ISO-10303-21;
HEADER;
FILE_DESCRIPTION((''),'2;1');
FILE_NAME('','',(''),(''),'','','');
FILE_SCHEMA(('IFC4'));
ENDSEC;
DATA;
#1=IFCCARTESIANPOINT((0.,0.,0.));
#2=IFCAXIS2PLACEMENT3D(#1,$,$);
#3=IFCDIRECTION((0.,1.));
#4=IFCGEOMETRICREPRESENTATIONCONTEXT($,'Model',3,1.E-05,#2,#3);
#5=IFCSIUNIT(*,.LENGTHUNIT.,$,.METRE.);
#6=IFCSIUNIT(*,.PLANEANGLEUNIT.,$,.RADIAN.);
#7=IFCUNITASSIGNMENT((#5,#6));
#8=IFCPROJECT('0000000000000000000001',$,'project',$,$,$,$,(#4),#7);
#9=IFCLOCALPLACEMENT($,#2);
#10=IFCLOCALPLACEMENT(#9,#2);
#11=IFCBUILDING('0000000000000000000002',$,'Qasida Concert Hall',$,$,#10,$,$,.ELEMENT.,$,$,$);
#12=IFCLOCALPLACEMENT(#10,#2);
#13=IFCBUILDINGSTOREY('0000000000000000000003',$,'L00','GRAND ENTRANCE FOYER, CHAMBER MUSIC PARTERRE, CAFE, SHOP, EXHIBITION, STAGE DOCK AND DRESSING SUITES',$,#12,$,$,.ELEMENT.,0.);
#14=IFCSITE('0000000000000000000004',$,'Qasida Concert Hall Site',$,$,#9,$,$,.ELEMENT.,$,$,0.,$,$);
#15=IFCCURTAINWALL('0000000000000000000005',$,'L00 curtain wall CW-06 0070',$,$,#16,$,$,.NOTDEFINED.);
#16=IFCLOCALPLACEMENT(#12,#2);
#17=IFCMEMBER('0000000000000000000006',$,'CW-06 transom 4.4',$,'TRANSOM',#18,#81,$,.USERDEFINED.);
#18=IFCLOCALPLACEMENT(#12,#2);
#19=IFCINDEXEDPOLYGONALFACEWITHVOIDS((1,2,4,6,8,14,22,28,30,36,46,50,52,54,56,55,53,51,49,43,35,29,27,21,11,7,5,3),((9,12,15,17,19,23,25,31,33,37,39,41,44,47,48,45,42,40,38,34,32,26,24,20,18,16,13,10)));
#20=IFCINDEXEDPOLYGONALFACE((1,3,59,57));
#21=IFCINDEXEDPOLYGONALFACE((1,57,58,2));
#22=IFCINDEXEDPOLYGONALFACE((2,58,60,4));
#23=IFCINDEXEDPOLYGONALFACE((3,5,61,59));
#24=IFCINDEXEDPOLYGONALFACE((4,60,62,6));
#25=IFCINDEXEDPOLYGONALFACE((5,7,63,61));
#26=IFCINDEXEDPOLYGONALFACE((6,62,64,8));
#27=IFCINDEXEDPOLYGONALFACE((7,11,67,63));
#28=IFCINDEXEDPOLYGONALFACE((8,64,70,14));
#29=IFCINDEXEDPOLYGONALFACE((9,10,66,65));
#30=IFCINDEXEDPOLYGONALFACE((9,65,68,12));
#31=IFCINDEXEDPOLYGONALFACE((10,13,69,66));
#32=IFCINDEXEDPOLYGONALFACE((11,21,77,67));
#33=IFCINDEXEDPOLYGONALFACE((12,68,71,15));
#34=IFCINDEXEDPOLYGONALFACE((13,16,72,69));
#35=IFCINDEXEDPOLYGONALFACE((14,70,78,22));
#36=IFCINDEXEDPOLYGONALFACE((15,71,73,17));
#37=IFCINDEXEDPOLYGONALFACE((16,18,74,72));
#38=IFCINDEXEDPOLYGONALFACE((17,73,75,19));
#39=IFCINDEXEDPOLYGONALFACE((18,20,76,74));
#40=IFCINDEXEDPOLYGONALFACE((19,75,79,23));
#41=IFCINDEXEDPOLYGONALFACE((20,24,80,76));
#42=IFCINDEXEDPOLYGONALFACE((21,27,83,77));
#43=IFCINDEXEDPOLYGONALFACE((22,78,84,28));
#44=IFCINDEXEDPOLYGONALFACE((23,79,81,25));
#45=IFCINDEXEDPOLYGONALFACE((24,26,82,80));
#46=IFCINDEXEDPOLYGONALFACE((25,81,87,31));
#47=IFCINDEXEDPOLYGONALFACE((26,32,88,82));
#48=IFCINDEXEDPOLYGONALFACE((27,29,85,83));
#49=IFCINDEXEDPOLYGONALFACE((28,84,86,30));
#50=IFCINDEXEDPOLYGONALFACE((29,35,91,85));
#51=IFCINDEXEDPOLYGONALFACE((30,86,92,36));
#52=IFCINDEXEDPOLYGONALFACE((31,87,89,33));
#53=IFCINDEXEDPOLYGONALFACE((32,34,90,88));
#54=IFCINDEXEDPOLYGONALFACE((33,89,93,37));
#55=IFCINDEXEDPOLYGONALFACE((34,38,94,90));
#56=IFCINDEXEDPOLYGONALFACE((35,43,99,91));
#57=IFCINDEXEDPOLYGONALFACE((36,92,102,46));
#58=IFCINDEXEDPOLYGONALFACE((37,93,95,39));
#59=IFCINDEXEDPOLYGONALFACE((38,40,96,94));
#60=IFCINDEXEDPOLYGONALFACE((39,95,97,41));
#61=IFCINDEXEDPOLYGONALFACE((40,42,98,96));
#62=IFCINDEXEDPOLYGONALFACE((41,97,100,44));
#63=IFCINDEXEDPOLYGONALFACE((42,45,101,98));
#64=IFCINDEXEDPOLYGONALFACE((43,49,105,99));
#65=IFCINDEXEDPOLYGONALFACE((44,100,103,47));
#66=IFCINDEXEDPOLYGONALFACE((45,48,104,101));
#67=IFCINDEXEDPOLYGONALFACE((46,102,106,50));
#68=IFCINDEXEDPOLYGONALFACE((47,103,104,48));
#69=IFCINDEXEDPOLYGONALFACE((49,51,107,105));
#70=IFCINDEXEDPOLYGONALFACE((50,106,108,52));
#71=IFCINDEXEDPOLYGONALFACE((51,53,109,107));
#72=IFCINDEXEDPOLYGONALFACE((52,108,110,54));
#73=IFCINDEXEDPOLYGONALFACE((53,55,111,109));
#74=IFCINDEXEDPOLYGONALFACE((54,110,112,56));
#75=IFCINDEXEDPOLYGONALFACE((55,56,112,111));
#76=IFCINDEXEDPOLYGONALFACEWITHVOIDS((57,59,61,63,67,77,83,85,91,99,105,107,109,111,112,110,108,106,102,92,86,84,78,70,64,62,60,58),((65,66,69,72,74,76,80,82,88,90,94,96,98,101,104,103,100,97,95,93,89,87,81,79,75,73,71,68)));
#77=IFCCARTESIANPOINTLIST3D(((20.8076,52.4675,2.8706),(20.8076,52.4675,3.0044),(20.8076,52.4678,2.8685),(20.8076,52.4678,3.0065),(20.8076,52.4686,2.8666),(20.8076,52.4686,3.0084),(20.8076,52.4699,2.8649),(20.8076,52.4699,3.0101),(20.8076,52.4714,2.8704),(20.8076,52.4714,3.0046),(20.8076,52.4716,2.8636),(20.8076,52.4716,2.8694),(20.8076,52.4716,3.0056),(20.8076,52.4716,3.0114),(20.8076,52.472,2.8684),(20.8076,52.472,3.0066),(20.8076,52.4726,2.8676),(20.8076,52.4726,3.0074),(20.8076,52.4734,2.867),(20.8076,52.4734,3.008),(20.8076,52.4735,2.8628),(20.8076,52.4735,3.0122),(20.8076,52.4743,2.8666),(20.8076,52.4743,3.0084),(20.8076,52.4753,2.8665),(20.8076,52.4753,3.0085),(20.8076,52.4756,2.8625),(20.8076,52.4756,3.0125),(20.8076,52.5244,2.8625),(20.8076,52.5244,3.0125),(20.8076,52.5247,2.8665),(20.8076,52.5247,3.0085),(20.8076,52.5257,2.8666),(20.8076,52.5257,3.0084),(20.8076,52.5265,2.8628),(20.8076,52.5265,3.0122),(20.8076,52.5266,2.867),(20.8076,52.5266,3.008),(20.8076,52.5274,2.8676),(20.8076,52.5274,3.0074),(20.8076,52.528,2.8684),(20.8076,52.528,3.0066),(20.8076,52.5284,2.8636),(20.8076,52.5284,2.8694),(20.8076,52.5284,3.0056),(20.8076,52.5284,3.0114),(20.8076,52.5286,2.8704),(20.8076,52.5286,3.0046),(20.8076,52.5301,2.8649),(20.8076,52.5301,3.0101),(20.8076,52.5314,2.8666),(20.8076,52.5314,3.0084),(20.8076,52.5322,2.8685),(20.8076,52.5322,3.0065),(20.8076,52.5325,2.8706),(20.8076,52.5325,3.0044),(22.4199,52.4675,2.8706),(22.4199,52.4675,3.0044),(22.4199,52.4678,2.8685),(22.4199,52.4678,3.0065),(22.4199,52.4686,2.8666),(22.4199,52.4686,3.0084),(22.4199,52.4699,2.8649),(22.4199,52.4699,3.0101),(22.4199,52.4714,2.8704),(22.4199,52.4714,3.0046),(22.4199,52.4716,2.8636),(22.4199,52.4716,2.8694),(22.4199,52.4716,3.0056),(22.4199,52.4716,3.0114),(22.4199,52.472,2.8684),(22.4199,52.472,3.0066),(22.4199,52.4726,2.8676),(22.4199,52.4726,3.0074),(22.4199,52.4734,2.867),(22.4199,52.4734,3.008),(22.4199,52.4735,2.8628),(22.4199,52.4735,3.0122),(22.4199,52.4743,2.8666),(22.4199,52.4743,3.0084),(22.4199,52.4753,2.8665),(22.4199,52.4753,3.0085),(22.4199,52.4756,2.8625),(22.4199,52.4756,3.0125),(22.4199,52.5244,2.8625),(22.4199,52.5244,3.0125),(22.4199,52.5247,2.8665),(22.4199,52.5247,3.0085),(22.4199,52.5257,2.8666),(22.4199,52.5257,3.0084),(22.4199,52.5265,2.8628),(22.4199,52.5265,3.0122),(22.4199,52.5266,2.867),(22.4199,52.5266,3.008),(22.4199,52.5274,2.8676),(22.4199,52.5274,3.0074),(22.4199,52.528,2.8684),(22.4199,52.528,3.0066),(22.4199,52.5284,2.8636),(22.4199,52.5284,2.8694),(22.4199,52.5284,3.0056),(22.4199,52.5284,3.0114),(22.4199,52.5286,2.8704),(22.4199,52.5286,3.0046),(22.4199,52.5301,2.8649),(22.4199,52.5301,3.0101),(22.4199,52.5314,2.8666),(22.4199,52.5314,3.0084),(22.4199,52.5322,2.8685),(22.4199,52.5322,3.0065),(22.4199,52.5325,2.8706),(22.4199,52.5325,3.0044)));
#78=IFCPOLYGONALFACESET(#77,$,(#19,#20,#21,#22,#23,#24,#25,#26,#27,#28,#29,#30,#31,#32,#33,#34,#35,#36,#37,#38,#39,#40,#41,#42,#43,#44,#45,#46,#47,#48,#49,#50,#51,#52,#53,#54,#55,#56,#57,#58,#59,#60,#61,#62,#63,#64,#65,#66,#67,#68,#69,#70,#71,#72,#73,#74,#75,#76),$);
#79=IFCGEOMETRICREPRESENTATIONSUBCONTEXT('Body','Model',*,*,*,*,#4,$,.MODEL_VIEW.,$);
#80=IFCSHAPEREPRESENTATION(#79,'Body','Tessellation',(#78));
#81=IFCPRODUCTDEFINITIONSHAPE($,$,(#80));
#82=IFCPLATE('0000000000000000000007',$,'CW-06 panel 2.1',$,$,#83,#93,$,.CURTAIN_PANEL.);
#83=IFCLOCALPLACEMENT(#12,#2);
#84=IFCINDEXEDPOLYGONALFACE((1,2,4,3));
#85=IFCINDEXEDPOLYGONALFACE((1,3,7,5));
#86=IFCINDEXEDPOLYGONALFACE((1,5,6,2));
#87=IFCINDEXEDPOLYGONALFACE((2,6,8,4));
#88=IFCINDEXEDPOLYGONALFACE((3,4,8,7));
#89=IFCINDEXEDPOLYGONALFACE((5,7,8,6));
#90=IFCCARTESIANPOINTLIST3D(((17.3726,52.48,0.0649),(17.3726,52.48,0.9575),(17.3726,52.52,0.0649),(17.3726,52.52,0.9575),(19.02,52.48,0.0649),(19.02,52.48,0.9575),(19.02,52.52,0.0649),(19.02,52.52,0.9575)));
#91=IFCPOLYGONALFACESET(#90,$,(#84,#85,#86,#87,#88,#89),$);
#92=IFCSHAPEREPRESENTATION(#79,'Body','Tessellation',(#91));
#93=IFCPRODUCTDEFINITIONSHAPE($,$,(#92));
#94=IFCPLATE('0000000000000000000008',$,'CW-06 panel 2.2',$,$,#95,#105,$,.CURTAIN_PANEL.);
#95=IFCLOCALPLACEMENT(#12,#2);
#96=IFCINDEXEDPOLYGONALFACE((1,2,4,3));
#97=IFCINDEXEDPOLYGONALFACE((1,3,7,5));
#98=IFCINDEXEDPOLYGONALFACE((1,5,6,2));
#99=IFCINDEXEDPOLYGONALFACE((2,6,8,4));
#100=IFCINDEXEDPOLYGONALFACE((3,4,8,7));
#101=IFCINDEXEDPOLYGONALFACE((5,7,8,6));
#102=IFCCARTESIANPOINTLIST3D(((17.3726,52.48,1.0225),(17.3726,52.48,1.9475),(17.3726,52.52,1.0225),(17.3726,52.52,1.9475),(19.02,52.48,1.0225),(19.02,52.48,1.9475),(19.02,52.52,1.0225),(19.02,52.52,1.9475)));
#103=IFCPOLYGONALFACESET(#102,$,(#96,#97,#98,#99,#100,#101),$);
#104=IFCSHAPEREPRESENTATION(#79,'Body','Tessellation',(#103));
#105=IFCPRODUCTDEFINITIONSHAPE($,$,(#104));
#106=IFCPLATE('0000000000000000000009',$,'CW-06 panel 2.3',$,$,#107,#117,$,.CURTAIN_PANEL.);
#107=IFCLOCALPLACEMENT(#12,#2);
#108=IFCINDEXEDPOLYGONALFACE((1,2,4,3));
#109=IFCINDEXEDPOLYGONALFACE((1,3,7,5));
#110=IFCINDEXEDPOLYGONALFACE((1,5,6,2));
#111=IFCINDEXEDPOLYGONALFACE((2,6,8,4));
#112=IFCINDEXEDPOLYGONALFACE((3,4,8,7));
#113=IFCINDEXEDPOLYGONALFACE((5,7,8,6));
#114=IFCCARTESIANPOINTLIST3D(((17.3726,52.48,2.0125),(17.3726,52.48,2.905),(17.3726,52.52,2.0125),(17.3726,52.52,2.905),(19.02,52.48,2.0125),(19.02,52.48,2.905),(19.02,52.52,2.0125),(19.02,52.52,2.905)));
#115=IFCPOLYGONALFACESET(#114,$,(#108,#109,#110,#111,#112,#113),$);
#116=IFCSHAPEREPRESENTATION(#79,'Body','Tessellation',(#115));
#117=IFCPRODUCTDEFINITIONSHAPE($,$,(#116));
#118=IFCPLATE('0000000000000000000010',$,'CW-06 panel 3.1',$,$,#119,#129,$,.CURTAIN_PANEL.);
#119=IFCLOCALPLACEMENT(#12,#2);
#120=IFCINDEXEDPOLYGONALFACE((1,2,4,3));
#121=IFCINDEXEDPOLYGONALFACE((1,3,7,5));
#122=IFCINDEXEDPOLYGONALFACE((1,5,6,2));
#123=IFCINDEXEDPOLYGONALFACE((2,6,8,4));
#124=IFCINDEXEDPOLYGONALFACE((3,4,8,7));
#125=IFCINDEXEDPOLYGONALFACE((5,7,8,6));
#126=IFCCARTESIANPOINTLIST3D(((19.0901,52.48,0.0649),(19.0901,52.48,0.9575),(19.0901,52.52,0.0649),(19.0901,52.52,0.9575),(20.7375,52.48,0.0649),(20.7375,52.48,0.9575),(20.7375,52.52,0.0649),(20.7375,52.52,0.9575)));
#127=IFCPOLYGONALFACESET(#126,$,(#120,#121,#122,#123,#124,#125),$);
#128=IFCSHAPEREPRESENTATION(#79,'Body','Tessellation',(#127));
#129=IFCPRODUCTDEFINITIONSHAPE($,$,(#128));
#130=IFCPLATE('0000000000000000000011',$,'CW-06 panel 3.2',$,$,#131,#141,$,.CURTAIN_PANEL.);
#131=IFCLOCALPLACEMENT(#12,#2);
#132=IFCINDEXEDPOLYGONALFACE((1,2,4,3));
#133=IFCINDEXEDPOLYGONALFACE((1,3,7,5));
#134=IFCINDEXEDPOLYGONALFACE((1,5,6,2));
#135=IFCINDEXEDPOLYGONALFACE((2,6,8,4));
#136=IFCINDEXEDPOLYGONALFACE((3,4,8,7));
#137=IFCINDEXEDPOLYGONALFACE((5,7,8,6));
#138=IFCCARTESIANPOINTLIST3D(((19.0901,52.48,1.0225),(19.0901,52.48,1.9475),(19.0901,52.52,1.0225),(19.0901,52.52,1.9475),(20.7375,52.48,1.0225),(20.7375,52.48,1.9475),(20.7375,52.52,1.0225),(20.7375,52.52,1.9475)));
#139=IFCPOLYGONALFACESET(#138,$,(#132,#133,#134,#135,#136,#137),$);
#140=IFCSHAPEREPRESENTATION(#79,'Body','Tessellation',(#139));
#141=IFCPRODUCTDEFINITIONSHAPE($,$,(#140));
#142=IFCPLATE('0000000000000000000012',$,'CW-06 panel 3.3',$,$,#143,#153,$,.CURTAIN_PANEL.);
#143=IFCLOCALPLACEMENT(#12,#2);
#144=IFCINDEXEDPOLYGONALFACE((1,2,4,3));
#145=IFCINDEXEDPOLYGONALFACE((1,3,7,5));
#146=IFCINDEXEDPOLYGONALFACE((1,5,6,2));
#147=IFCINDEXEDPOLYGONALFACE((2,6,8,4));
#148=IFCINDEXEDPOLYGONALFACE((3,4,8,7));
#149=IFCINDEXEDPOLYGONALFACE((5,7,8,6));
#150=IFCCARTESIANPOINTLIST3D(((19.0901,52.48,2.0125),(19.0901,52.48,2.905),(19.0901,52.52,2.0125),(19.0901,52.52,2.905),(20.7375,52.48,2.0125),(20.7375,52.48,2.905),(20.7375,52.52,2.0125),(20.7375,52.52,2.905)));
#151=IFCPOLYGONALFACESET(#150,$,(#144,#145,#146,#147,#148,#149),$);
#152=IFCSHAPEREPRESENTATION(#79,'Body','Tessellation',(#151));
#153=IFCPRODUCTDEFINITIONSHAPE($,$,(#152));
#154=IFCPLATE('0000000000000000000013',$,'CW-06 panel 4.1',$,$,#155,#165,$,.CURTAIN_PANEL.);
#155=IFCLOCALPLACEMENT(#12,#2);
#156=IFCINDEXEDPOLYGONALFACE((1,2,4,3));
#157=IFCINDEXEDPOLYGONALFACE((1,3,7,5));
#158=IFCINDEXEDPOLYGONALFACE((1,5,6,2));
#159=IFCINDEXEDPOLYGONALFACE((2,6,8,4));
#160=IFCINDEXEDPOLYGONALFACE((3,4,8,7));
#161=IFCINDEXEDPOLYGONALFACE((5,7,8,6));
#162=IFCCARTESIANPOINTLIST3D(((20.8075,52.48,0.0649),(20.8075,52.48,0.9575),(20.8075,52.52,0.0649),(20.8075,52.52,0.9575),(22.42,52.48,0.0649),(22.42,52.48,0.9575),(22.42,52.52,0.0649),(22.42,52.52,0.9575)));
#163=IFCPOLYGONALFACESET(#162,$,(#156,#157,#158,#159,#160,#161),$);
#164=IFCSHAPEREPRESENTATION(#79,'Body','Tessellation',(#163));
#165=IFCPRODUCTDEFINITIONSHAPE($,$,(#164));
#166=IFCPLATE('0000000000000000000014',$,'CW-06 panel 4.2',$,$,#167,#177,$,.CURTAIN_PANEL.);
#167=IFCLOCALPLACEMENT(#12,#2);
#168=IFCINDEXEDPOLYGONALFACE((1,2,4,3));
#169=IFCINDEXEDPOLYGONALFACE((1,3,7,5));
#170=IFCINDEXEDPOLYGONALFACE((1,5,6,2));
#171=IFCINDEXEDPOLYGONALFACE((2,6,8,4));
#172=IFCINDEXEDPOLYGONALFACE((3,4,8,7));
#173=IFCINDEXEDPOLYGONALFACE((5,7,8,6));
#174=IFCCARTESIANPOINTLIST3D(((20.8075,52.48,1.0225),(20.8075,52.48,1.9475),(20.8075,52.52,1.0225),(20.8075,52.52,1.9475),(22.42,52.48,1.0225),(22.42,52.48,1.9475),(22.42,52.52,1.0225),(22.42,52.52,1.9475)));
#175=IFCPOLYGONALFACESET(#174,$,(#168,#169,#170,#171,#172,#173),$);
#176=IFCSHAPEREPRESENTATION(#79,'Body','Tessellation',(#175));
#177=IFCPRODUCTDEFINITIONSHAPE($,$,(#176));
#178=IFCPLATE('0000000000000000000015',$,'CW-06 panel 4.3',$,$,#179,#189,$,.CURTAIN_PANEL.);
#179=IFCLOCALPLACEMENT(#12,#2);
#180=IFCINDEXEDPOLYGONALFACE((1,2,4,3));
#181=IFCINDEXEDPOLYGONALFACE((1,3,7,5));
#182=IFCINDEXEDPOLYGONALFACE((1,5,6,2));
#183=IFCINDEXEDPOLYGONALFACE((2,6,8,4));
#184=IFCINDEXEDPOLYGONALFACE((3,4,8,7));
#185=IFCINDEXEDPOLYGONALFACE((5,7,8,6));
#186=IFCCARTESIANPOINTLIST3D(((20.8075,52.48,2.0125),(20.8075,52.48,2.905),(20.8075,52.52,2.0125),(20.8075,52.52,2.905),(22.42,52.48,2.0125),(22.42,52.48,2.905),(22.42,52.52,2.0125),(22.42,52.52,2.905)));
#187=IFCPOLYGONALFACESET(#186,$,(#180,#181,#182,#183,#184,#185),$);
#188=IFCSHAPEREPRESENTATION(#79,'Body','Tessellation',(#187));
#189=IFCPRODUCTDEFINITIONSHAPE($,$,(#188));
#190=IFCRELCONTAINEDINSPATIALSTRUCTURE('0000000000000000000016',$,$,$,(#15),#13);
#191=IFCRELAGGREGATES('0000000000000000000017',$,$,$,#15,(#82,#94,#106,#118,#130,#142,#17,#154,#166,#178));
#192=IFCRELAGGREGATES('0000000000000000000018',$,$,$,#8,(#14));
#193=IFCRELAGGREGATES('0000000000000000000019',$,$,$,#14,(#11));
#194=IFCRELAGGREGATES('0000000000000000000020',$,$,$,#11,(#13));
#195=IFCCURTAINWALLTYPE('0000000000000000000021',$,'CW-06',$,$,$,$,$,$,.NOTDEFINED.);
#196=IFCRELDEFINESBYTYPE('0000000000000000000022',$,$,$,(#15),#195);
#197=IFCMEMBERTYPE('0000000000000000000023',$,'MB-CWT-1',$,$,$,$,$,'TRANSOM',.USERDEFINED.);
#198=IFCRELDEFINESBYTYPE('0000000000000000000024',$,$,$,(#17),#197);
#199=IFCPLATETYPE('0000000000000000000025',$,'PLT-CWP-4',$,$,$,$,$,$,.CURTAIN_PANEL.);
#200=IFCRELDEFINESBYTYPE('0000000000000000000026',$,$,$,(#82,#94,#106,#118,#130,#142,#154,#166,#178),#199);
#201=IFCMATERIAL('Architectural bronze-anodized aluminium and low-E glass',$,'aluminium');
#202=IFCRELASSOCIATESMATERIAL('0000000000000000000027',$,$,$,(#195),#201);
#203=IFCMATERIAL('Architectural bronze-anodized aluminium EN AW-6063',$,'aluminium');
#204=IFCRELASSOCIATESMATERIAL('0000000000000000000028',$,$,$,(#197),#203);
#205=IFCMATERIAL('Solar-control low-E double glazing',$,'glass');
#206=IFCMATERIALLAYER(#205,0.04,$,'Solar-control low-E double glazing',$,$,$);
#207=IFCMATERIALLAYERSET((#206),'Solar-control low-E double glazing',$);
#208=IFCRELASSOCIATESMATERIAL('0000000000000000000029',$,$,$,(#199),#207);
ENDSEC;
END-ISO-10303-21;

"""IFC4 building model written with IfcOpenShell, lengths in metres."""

from ifc_helpers import new_model, si_unit, direction, frame, origin, origin_2d, place, context, subcontext, project, spatial, rectangle, hollow_rectangle, extrude, material, layer, layer_set, material_profile, profile_set, type_object, element, aggregate, save


model = new_model("IFC4")

# Units and contexts
model_context = context("Model", 3, precision=1e-05, world=origin(), true_north=direction((0.0, 1.0)))
body_context = subcontext(model_context, "Body", "Model", "MODEL_VIEW")
ifc_project = project(units=[si_unit("LENGTHUNIT", "METRE"), si_unit("PLANEANGLEUNIT", "RADIAN")], contexts=[model_context])

# Site, building, storey
site_placement = place(None, origin())
site = spatial("IfcSite", under=ifc_project, at=site_placement, Name="Qasida Concert Hall Site", CompositionType="ELEMENT", RefElevation=0.0)
building_placement = place(site_placement, origin())
building = spatial("IfcBuilding", under=site, at=building_placement, Name="Qasida Concert Hall", CompositionType="ELEMENT")
storey_placement = place(building_placement, origin())
storey = spatial("IfcBuildingStorey", under=building, at=storey_placement, Name="L00", Description="GRAND ENTRANCE FOYER, CHAMBER MUSIC PARTERRE, CAFE, SHOP, EXHIBITION, STAGE DOCK AND DRESSING SUITES", CompositionType="ELEMENT", Elevation=0.0)

# Curtain wall, member, plates
ifc_material_1 = material(Name="Architectural bronze-anodized aluminium and low-E glass", Category="aluminium")
curtain_wall_type = type_object("IfcCurtainWallType", Name="CW-06", PredefinedType="NOTDEFINED", material=ifc_material_1)
curtain_wall_placement = place(storey_placement, origin())
curtain_wall = element("IfcCurtainWall", 1, at=curtain_wall_placement, inside=storey, type_object=curtain_wall_type, Name="L00 curtain wall CW-06 0070", PredefinedType="NOTDEFINED")
ifc_material_2 = material(Name="Architectural bronze-anodized aluminium EN AW-6063", Category="aluminium")
ifc_material_profile_1 = material_profile(ifc_material_2, hollow_rectangle(XDim=0.0649, YDim=0.1499, WallThickness=0.0039, InnerFilletRadius=0.0039, OuterFilletRadius=0.0081, at=origin_2d()), Name="CWT 150x65x4")
ifc_profile_set_1 = profile_set([ifc_material_profile_1], Name="Architectural bronze-anodized aluminium EN AW-6063")
member_type_1 = type_object("IfcMemberType", Name="MB-CWT-1", ElementType="TRANSOM", PredefinedType="USERDEFINED", material=ifc_profile_set_1)
member_1_placement = place(storey_placement, frame((20.8076, 52.5, 2.9375), z_axis=(1.0, 0.0, 0.0), x_axis=(0.0, 1.0, 0.0)))
member_1 = element("IfcMember", 2, at=member_1_placement, type_object=member_type_1, Name="CW-06 transom 4.4", ObjectType="TRANSOM", PredefinedType="USERDEFINED", context=body_context, shape_type="SweptSolid", body=[
    extrude(hollow_rectangle(XDim=0.0649, YDim=0.1499, WallThickness=0.0039, InnerFilletRadius=0.0039, OuterFilletRadius=0.0081, at=origin_2d()), origin(), (0.0, 0.0, 1.0), 1.6123),
])
ifc_material_3 = material(Name="Solar-control low-E double glazing", Category="glass")
ifc_layer = layer(ifc_material_3, 0.04, Name="Solar-control low-E double glazing")
ifc_layer_set = layer_set([ifc_layer], Name="Solar-control low-E double glazing")
plate_type = type_object("IfcPlateType", Name="PLT-CWP-4", PredefinedType="CURTAIN_PANEL", material=ifc_layer_set)
plate_1_placement = place(storey_placement, frame((18.1963, 52.5, 0.0649), z_axis=(0.0, 0.0, 1.0), x_axis=(1.0, 0.0, 0.0)))
plate_1 = element("IfcPlate", 3, at=plate_1_placement, type_object=plate_type, Name="CW-06 panel 2.1", PredefinedType="CURTAIN_PANEL", context=body_context, shape_type="SweptSolid", body=[
    extrude(rectangle(XDim=1.6475, YDim=0.04, at=origin_2d()), origin(), (0.0, 0.0, 1.0), 0.8926),
])
plate_2_placement = place(storey_placement, frame((18.1963, 52.5, 1.0225), z_axis=(0.0, 0.0, 1.0), x_axis=(1.0, 0.0, 0.0)))
plate_2 = element("IfcPlate", 4, at=plate_2_placement, type_object=plate_type, Name="CW-06 panel 2.2", PredefinedType="CURTAIN_PANEL", context=body_context, shape_type="SweptSolid", body=[
    extrude(rectangle(XDim=1.6475, YDim=0.04, at=origin_2d()), origin(), (0.0, 0.0, 1.0), 0.925),
])
plate_3_placement = place(storey_placement, frame((18.1963, 52.5, 2.0125), z_axis=(0.0, 0.0, 1.0), x_axis=(1.0, 0.0, 0.0)))
plate_3 = element("IfcPlate", 5, at=plate_3_placement, type_object=plate_type, Name="CW-06 panel 2.3", PredefinedType="CURTAIN_PANEL", context=body_context, shape_type="SweptSolid", body=[
    extrude(rectangle(XDim=1.6475, YDim=0.04, at=origin_2d()), origin(), (0.0, 0.0, 1.0), 0.8926),
])
plate_4_placement = place(storey_placement, frame((19.9138, 52.5, 0.0649), z_axis=(0.0, 0.0, 1.0), x_axis=(1.0, 0.0, 0.0)))
plate_4 = element("IfcPlate", 6, at=plate_4_placement, type_object=plate_type, Name="CW-06 panel 3.1", PredefinedType="CURTAIN_PANEL", context=body_context, shape_type="SweptSolid", body=[
    extrude(rectangle(XDim=1.6475, YDim=0.04, at=origin_2d()), origin(), (0.0, 0.0, 1.0), 0.8926),
])
plate_5_placement = place(storey_placement, frame((19.9138, 52.5, 1.0225), z_axis=(0.0, 0.0, 1.0), x_axis=(1.0, 0.0, 0.0)))
plate_5 = element("IfcPlate", 7, at=plate_5_placement, type_object=plate_type, Name="CW-06 panel 3.2", PredefinedType="CURTAIN_PANEL", context=body_context, shape_type="SweptSolid", body=[
    extrude(rectangle(XDim=1.6475, YDim=0.04, at=origin_2d()), origin(), (0.0, 0.0, 1.0), 0.925),
])
plate_6_placement = place(storey_placement, frame((19.9138, 52.5, 2.0125), z_axis=(0.0, 0.0, 1.0), x_axis=(1.0, 0.0, 0.0)))
plate_6 = element("IfcPlate", 8, at=plate_6_placement, type_object=plate_type, Name="CW-06 panel 3.3", PredefinedType="CURTAIN_PANEL", context=body_context, shape_type="SweptSolid", body=[
    extrude(rectangle(XDim=1.6475, YDim=0.04, at=origin_2d()), origin(), (0.0, 0.0, 1.0), 0.8926),
])
plate_7_placement = place(storey_placement, frame((21.6138, 52.5, 0.0649), z_axis=(0.0, 0.0, 1.0), x_axis=(1.0, 0.0, 0.0)))
plate_7 = element("IfcPlate", 9, at=plate_7_placement, type_object=plate_type, Name="CW-06 panel 4.1", PredefinedType="CURTAIN_PANEL", context=body_context, shape_type="SweptSolid", body=[
    extrude(rectangle(XDim=1.6125, YDim=0.04, at=origin_2d()), origin(), (0.0, 0.0, 1.0), 0.8926),
])
plate_8_placement = place(storey_placement, frame((21.6138, 52.5, 1.0225), z_axis=(0.0, 0.0, 1.0), x_axis=(1.0, 0.0, 0.0)))
plate_8 = element("IfcPlate", 10, at=plate_8_placement, type_object=plate_type, Name="CW-06 panel 4.2", PredefinedType="CURTAIN_PANEL", context=body_context, shape_type="SweptSolid", body=[
    extrude(rectangle(XDim=1.6125, YDim=0.04, at=origin_2d()), origin(), (0.0, 0.0, 1.0), 0.925),
])
plate_9_placement = place(storey_placement, frame((21.6138, 52.5, 2.0125), z_axis=(0.0, 0.0, 1.0), x_axis=(1.0, 0.0, 0.0)))
plate_9 = element("IfcPlate", 11, at=plate_9_placement, type_object=plate_type, Name="CW-06 panel 4.3", PredefinedType="CURTAIN_PANEL", context=body_context, shape_type="SweptSolid", body=[
    extrude(rectangle(XDim=1.6125, YDim=0.04, at=origin_2d()), origin(), (0.0, 0.0, 1.0), 0.8926),
])
aggregate(curtain_wall, [plate_1, plate_2, plate_3, plate_4, plate_5, plate_6, member_1, plate_7, plate_8, plate_9])

save(model, "model.ifc")
